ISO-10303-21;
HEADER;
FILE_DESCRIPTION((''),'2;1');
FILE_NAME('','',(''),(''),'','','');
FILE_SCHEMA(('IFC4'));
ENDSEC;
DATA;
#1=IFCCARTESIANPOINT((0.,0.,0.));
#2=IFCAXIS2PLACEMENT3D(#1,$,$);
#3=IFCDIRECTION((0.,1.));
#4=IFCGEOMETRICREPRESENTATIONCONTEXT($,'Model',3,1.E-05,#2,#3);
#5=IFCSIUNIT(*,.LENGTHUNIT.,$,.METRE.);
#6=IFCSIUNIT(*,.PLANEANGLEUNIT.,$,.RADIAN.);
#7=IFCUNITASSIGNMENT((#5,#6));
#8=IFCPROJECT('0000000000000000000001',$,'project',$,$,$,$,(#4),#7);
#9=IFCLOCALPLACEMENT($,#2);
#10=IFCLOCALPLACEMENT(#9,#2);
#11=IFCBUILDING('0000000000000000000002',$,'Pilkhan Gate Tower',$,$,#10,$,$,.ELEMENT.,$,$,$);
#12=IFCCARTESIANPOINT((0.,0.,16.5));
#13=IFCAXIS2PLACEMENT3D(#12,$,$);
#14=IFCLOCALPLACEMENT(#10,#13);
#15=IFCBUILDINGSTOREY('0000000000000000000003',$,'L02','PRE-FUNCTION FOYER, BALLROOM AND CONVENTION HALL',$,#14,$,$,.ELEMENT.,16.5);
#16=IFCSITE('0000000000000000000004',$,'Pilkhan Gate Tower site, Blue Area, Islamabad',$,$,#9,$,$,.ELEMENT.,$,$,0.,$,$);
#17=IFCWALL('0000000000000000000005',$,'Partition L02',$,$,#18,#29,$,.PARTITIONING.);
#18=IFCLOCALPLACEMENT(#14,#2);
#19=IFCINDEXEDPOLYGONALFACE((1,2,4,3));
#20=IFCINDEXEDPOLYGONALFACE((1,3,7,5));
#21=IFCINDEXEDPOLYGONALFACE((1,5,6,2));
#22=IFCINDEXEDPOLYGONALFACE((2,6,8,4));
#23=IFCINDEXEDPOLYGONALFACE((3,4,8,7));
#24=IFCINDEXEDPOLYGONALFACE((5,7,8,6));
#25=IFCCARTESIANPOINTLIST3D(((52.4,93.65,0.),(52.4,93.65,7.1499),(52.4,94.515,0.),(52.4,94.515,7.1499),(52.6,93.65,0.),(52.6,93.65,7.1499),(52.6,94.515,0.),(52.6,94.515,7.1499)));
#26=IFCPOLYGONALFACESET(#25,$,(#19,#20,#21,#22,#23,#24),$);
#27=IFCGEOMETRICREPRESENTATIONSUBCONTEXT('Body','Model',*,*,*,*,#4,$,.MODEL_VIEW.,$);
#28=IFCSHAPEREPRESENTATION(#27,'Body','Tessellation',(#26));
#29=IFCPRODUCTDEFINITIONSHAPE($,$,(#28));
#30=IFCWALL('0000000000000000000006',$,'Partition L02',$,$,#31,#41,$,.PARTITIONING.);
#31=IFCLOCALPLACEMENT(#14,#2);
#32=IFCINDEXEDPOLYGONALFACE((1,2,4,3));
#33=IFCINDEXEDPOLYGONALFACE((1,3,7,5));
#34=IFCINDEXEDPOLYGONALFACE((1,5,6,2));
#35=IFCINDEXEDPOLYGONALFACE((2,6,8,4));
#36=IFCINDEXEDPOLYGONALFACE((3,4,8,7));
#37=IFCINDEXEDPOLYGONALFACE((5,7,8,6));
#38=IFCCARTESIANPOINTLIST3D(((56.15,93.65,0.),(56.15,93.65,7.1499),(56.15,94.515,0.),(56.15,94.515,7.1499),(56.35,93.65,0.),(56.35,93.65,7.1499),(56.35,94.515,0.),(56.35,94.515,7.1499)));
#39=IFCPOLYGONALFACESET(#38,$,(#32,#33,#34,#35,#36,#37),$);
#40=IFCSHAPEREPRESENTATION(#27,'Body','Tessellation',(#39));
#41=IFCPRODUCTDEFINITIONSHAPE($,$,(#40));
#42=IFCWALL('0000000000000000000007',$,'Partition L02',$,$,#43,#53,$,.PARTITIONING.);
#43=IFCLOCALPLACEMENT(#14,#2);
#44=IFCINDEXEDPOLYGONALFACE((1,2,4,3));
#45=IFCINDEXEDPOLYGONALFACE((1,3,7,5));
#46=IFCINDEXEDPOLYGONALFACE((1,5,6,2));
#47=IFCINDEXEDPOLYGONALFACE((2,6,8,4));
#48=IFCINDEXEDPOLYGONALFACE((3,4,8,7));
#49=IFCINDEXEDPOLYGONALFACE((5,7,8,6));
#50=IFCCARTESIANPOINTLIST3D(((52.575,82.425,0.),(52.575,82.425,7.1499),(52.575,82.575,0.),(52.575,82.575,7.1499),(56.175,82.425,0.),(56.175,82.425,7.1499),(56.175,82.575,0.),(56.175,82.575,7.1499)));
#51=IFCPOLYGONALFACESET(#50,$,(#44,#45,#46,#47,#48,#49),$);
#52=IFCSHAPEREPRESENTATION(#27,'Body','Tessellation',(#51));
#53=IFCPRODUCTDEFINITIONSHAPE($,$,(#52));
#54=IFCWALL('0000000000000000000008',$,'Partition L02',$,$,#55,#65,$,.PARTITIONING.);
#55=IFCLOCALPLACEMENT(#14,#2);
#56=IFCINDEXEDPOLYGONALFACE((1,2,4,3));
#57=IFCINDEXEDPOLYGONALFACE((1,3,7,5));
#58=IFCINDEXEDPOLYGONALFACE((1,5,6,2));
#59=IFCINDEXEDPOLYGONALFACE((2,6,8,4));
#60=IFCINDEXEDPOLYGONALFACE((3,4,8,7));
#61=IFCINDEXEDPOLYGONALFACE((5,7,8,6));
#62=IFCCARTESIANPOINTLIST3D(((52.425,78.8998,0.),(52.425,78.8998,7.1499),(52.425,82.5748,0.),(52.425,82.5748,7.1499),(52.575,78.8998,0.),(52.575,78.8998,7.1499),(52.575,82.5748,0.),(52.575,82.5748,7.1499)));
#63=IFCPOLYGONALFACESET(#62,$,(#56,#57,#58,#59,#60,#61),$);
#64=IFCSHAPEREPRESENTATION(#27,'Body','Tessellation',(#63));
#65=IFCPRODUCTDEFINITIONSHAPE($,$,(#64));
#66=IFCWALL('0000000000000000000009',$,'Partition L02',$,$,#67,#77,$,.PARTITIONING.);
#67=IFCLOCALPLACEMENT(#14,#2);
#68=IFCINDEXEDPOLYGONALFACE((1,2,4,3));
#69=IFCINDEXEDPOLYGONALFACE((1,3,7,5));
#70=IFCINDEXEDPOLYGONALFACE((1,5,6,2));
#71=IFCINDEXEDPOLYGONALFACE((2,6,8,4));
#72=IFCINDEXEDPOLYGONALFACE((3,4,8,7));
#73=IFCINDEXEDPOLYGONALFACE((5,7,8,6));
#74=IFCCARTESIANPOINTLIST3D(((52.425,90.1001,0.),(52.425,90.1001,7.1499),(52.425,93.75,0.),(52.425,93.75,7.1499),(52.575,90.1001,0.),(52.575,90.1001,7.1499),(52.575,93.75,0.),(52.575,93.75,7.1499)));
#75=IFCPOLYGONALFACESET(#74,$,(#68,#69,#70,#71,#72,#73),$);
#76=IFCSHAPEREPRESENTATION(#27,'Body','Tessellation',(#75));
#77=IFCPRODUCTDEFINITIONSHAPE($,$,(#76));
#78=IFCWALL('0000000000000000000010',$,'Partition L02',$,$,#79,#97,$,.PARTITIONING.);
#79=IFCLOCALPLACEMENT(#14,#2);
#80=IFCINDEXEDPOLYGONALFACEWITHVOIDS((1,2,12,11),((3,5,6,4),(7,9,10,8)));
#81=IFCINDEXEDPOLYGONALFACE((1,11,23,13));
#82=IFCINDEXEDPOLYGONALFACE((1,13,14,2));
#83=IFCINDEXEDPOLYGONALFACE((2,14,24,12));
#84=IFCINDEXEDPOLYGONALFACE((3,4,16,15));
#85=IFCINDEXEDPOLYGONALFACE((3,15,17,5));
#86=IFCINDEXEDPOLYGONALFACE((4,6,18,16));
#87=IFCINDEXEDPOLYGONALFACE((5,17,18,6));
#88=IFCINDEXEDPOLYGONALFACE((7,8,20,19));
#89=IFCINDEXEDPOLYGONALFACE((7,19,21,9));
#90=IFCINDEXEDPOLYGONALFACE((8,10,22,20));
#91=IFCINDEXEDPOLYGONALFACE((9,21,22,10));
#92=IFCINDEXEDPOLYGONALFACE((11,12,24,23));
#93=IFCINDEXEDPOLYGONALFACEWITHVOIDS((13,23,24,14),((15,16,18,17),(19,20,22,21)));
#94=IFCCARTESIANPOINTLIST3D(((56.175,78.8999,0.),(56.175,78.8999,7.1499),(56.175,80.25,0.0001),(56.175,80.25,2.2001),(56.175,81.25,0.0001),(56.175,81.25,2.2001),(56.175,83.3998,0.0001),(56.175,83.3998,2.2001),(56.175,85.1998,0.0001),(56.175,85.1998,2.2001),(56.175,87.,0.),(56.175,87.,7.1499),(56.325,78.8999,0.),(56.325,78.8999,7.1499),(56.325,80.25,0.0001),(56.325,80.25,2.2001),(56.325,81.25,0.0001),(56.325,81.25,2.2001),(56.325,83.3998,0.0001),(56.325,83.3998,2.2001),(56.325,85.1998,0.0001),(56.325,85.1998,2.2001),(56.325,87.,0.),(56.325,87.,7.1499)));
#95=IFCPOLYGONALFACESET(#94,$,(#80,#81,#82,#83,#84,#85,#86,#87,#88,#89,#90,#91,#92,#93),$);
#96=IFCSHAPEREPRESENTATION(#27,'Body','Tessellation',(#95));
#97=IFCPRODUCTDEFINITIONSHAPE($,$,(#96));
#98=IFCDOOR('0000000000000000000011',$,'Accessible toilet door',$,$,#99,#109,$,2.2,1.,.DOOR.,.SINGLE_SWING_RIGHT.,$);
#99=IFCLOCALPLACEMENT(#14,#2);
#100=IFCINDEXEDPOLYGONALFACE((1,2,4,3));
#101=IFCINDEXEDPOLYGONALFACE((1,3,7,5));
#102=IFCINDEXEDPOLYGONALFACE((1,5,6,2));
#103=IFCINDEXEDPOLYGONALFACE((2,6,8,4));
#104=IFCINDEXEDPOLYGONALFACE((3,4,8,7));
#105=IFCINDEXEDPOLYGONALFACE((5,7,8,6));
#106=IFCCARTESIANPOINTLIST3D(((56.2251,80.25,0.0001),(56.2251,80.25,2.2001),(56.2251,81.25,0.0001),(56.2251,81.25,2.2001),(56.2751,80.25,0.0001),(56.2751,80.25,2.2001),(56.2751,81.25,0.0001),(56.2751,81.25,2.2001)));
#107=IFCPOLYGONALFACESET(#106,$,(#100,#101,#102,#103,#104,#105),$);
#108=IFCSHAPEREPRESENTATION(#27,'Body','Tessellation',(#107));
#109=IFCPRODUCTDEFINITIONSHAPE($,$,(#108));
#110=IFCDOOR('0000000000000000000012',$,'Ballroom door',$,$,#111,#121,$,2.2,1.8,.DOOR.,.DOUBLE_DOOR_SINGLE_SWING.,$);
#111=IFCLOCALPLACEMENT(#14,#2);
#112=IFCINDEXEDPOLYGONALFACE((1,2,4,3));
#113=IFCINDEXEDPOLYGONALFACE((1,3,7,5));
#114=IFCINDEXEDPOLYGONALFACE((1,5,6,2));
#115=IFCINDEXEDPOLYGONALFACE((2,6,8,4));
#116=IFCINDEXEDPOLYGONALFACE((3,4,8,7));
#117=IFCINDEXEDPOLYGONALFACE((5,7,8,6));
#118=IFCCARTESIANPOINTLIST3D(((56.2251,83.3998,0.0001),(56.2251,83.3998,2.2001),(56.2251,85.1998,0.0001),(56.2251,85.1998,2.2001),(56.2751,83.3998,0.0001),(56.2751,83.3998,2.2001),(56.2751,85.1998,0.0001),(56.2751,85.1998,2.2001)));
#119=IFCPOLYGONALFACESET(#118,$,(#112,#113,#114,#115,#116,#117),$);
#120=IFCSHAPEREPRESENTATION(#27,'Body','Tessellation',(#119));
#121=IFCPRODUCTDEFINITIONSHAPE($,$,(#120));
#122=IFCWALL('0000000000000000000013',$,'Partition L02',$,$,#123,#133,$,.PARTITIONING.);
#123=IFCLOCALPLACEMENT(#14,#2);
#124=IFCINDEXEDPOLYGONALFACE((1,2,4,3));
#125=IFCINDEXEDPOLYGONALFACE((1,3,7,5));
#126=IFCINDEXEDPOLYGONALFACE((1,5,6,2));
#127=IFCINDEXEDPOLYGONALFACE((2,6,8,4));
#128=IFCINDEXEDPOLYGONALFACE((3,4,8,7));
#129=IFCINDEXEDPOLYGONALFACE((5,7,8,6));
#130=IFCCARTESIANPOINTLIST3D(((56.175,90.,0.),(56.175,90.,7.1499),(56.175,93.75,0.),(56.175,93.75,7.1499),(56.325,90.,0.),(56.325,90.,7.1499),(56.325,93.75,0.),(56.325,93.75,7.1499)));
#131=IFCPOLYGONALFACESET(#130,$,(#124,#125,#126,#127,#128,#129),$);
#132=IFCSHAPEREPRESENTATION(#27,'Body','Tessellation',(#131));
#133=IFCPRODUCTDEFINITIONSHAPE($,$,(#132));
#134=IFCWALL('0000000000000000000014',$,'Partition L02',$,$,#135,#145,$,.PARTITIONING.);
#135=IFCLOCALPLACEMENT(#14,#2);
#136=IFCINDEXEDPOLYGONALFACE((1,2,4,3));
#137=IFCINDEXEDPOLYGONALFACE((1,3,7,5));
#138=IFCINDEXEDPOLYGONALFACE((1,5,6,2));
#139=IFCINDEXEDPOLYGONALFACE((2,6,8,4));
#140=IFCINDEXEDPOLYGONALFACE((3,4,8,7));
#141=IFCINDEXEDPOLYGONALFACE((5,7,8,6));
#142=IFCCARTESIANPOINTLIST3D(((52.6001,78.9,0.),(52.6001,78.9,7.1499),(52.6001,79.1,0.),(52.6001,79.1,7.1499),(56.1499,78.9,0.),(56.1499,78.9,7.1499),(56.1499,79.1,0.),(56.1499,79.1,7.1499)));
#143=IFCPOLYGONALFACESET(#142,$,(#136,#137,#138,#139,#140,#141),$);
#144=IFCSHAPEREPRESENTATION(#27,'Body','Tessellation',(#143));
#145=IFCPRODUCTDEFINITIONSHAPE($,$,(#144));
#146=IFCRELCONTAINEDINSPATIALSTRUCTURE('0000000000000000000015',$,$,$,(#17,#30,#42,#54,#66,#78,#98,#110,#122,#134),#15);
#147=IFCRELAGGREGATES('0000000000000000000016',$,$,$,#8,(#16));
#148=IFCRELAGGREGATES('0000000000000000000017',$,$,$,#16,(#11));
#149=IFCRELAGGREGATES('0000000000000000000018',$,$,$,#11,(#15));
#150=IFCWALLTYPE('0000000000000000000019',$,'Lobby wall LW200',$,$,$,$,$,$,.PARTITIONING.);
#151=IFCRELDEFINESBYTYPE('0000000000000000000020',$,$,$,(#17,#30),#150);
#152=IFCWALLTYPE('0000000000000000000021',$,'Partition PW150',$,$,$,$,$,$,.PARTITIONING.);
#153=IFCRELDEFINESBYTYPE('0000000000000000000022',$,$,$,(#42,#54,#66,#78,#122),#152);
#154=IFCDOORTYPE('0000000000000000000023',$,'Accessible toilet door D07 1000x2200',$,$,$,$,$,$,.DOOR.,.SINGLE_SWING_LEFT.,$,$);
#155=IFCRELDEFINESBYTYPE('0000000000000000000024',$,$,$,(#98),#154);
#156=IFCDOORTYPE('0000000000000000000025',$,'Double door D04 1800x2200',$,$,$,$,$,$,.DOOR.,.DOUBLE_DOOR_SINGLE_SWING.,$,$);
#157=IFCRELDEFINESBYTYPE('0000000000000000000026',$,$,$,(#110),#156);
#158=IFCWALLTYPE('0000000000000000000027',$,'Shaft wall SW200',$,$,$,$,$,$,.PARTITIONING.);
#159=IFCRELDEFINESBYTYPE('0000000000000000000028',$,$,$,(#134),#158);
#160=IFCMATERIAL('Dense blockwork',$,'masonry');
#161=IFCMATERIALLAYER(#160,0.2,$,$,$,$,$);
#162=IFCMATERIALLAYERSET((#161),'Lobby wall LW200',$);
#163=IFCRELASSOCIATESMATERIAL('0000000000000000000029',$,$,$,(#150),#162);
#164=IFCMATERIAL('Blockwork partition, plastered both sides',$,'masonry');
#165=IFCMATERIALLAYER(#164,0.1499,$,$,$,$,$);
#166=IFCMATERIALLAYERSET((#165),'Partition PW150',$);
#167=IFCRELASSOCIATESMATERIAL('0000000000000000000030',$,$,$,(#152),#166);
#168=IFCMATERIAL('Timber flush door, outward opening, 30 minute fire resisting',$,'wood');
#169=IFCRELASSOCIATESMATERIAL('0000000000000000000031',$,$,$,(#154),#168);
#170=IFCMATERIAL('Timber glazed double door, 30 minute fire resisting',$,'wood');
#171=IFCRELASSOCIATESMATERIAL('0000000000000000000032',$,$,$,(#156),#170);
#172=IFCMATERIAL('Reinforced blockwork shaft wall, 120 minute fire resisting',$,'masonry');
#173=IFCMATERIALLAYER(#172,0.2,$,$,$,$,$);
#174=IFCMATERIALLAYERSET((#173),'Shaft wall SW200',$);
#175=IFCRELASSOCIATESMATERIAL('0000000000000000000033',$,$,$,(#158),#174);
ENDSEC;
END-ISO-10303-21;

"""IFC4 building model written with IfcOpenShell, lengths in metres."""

from ifc_helpers import new_model, si_unit, direction, frame, frame_2d, origin, place, context, subcontext, project, spatial, rectangle, extrude, material, layer, layer_set, type_object, element, fill, save


model = new_model("IFC4")

# Units and contexts
model_context = context("Model", 3, precision=1e-05, world=origin(), true_north=direction((0.0, 1.0)))
body_context = subcontext(model_context, "Body", "Model", "MODEL_VIEW")
ifc_project = project(units=[si_unit("LENGTHUNIT", "METRE"), si_unit("PLANEANGLEUNIT", "RADIAN")], contexts=[model_context])

# Site, building, storey
site_placement = place(None, origin())
site = spatial("IfcSite", under=ifc_project, at=site_placement, Name="Pilkhan Gate Tower site, Blue Area, Islamabad", CompositionType="ELEMENT", RefElevation=0.0)
building_placement = place(site_placement, origin())
building = spatial("IfcBuilding", under=site, at=building_placement, Name="Pilkhan Gate Tower", CompositionType="ELEMENT")
storey_placement = place(building_placement, frame((0.0, 0.0, 16.5)))
storey = spatial("IfcBuildingStorey", under=building, at=storey_placement, Name="L02", Description="PRE-FUNCTION FOYER, BALLROOM AND CONVENTION HALL", CompositionType="ELEMENT", Elevation=16.5)

# Shared definitions
ifc_material_1 = material(Name="Dense blockwork", Category="masonry")

# Walls
ifc_layer_1 = layer(ifc_material_1, 0.2)
ifc_layer_set_1 = layer_set([ifc_layer_1], Name="Lobby wall LW200")
wall_type_1 = type_object("IfcWallType", Name="Lobby wall LW200", PredefinedType="PARTITIONING", material=ifc_layer_set_1)
for number, where, z_axis, x_axis, name in (
    (1, (52.5, 93.6499, 0.0), (0.0, 0.0, 1.0), (0.0, 1.0, 0.0), "Partition L02"),
    (2, (56.25, 93.6499, 0.0), (0.0, 0.0, 1.0), (0.0, 1.0, 0.0), "Partition L02"),
):
    element("IfcWall", number, at=place(storey_placement, frame(where, z_axis=z_axis, x_axis=x_axis)), inside=storey, type_object=wall_type_1, Name=name, PredefinedType="PARTITIONING", context=body_context, shape_type="SweptSolid", body=[
        extrude(rectangle(XDim=0.865, YDim=0.2, at=frame_2d((0.4326, 0.0))), origin(), (0.0, 0.0, 1.0), 7.1499),
    ])
ifc_material_2 = material(Name="Blockwork partition, plastered both sides", Category="masonry")
ifc_layer_2 = layer(ifc_material_2, 0.1499)
ifc_layer_set_2 = layer_set([ifc_layer_2], Name="Partition PW150")
wall_type_2 = type_object("IfcWallType", Name="Partition PW150", PredefinedType="PARTITIONING", material=ifc_layer_set_2)
wall_1_placement = place(storey_placement, frame((52.575, 82.5, 0.0), z_axis=(0.0, 0.0, 1.0), x_axis=(1.0, 0.0, 0.0)))
element("IfcWall", 3, at=wall_1_placement, inside=storey, type_object=wall_type_2, Name="Partition L02", PredefinedType="PARTITIONING", context=body_context, shape_type="SweptSolid", body=[
    extrude(rectangle(XDim=3.6001, YDim=0.1499, at=frame_2d((1.8, 0.0))), origin(), (0.0, 0.0, 1.0), 7.1499),
])
wall_2_placement = place(storey_placement, frame((52.5, 78.8999, 0.0), z_axis=(0.0, 0.0, 1.0), x_axis=(0.0, 1.0, 0.0)))
element("IfcWall", 4, at=wall_2_placement, inside=storey, type_object=wall_type_2, Name="Partition L02", PredefinedType="PARTITIONING", context=body_context, shape_type="SweptSolid", body=[
    extrude(rectangle(XDim=3.675, YDim=0.1499, at=frame_2d((1.8374, 0.0))), origin(), (0.0, 0.0, 1.0), 7.1499),
])
wall_3_placement = place(storey_placement, frame((52.5, 90.1001, 0.0), z_axis=(0.0, 0.0, 1.0), x_axis=(0.0, 1.0, 0.0)))
element("IfcWall", 5, at=wall_3_placement, inside=storey, type_object=wall_type_2, Name="Partition L02", PredefinedType="PARTITIONING", context=body_context, shape_type="SweptSolid", body=[
    extrude(rectangle(XDim=3.6499, YDim=0.1499, at=frame_2d((1.825, 0.0))), origin(), (0.0, 0.0, 1.0), 7.1499),
])

# Wall, openings, doors
wall_4_placement = place(storey_placement, frame((56.25, 78.8999, 0.0), z_axis=(0.0, 0.0, 1.0), x_axis=(0.0, 1.0, 0.0)))
wall_4 = element("IfcWall", 6, at=wall_4_placement, inside=storey, type_object=wall_type_2, Name="Partition L02", PredefinedType="PARTITIONING", context=body_context, shape_type="SweptSolid", body=[
    extrude(rectangle(XDim=8.1001, YDim=0.1499, at=frame_2d((4.05, 0.0))), origin(), (0.0, 0.0, 1.0), 7.1499),
])
opening_1_placement = place(wall_4_placement, frame((4.5, 0.0, 0.0)))
opening_1 = element("IfcOpeningElement", 7, at=opening_1_placement, cuts=wall_4, PredefinedType="OPENING", context=body_context, shape_type="SweptSolid", body=[
    extrude(rectangle(XDim=1.8, YDim=2.2, at=frame_2d((0.8999, 1.1001))), frame((0.0, 0.085, 0.0), z_axis=(0.0, -1.0, 0.0), x_axis=(1.0, 0.0, 0.0)), (0.0, 0.0, 1.0), 0.1699),
])
opening_2_placement = place(wall_4_placement, frame((1.3501, 0.0, 0.0)))
opening_2 = element("IfcOpeningElement", 8, at=opening_2_placement, cuts=wall_4, PredefinedType="OPENING", context=body_context, shape_type="SweptSolid", body=[
    extrude(rectangle(XDim=1.0, YDim=2.2, at=frame_2d((0.5, 1.1001))), frame((0.0, 0.085, 0.0), z_axis=(0.0, -1.0, 0.0), x_axis=(1.0, 0.0, 0.0)), (0.0, 0.0, 1.0), 0.1699),
])
ifc_material_3 = material(Name="Timber flush door, outward opening, 30 minute fire resisting", Category="wood")
door_type_1 = type_object("IfcDoorType", Name="Accessible toilet door D07 1000x2200", OperationType="SINGLE_SWING_LEFT", PredefinedType="DOOR", material=ifc_material_3)
door_1_placement = place(opening_2_placement, origin())
door_1 = element("IfcDoor", 9, at=door_1_placement, inside=storey, type_object=door_type_1, Name="Accessible toilet door", OperationType="SINGLE_SWING_RIGHT", OverallHeight=2.2, OverallWidth=1.0, PredefinedType="DOOR", context=body_context, shape_type="SweptSolid", body=[
    extrude(rectangle(XDim=1.0, YDim=2.2, at=frame_2d((0.5, 1.1001))), frame((0.0, 0.0249, 0.0), z_axis=(0.0, -1.0, 0.0), x_axis=(1.0, 0.0, 0.0)), (0.0, 0.0, 1.0), 0.05),
])
fill(opening_2, door_1)
ifc_material_4 = material(Name="Timber glazed double door, 30 minute fire resisting", Category="wood")
door_type_2 = type_object("IfcDoorType", Name="Double door D04 1800x2200", OperationType="DOUBLE_DOOR_SINGLE_SWING", PredefinedType="DOOR", material=ifc_material_4)
door_2_placement = place(opening_1_placement, origin())
door_2 = element("IfcDoor", 10, at=door_2_placement, inside=storey, type_object=door_type_2, Name="Ballroom door", OperationType="DOUBLE_DOOR_SINGLE_SWING", OverallHeight=2.2, OverallWidth=1.8, PredefinedType="DOOR", context=body_context, shape_type="SweptSolid", body=[
    extrude(rectangle(XDim=1.8, YDim=2.2, at=frame_2d((0.8999, 1.1001))), frame((0.0, 0.0249, 0.0), z_axis=(0.0, -1.0, 0.0), x_axis=(1.0, 0.0, 0.0)), (0.0, 0.0, 1.0), 0.05),
])
fill(opening_1, door_2)

# Walls
wall_5_placement = place(storey_placement, frame((56.25, 90.0, 0.0), z_axis=(0.0, 0.0, 1.0), x_axis=(0.0, 1.0, 0.0)))
element("IfcWall", 11, at=wall_5_placement, inside=storey, type_object=wall_type_2, Name="Partition L02", PredefinedType="PARTITIONING", context=body_context, shape_type="SweptSolid", body=[
    extrude(rectangle(XDim=3.75, YDim=0.1499, at=frame_2d((1.875, 0.0))), origin(), (0.0, 0.0, 1.0), 7.1499),
])
ifc_material_5 = material(Name="Reinforced blockwork shaft wall, 120 minute fire resisting", Category="masonry")
ifc_layer_3 = layer(ifc_material_5, 0.2)
ifc_layer_set_3 = layer_set([ifc_layer_3], Name="Shaft wall SW200")
wall_type_3 = type_object("IfcWallType", Name="Shaft wall SW200", PredefinedType="PARTITIONING", material=ifc_layer_set_3)
wall_6_placement = place(storey_placement, frame((52.6001, 79.0, 0.0), z_axis=(0.0, 0.0, 1.0), x_axis=(1.0, 0.0, 0.0)))
element("IfcWall", 12, at=wall_6_placement, inside=storey, type_object=wall_type_3, Name="Partition L02", PredefinedType="PARTITIONING", context=body_context, shape_type="SweptSolid", body=[
    extrude(rectangle(XDim=3.5498, YDim=0.2, at=frame_2d((1.7749, 0.0))), origin(), (0.0, 0.0, 1.0), 7.1499),
])

save(model, "model.ifc")
